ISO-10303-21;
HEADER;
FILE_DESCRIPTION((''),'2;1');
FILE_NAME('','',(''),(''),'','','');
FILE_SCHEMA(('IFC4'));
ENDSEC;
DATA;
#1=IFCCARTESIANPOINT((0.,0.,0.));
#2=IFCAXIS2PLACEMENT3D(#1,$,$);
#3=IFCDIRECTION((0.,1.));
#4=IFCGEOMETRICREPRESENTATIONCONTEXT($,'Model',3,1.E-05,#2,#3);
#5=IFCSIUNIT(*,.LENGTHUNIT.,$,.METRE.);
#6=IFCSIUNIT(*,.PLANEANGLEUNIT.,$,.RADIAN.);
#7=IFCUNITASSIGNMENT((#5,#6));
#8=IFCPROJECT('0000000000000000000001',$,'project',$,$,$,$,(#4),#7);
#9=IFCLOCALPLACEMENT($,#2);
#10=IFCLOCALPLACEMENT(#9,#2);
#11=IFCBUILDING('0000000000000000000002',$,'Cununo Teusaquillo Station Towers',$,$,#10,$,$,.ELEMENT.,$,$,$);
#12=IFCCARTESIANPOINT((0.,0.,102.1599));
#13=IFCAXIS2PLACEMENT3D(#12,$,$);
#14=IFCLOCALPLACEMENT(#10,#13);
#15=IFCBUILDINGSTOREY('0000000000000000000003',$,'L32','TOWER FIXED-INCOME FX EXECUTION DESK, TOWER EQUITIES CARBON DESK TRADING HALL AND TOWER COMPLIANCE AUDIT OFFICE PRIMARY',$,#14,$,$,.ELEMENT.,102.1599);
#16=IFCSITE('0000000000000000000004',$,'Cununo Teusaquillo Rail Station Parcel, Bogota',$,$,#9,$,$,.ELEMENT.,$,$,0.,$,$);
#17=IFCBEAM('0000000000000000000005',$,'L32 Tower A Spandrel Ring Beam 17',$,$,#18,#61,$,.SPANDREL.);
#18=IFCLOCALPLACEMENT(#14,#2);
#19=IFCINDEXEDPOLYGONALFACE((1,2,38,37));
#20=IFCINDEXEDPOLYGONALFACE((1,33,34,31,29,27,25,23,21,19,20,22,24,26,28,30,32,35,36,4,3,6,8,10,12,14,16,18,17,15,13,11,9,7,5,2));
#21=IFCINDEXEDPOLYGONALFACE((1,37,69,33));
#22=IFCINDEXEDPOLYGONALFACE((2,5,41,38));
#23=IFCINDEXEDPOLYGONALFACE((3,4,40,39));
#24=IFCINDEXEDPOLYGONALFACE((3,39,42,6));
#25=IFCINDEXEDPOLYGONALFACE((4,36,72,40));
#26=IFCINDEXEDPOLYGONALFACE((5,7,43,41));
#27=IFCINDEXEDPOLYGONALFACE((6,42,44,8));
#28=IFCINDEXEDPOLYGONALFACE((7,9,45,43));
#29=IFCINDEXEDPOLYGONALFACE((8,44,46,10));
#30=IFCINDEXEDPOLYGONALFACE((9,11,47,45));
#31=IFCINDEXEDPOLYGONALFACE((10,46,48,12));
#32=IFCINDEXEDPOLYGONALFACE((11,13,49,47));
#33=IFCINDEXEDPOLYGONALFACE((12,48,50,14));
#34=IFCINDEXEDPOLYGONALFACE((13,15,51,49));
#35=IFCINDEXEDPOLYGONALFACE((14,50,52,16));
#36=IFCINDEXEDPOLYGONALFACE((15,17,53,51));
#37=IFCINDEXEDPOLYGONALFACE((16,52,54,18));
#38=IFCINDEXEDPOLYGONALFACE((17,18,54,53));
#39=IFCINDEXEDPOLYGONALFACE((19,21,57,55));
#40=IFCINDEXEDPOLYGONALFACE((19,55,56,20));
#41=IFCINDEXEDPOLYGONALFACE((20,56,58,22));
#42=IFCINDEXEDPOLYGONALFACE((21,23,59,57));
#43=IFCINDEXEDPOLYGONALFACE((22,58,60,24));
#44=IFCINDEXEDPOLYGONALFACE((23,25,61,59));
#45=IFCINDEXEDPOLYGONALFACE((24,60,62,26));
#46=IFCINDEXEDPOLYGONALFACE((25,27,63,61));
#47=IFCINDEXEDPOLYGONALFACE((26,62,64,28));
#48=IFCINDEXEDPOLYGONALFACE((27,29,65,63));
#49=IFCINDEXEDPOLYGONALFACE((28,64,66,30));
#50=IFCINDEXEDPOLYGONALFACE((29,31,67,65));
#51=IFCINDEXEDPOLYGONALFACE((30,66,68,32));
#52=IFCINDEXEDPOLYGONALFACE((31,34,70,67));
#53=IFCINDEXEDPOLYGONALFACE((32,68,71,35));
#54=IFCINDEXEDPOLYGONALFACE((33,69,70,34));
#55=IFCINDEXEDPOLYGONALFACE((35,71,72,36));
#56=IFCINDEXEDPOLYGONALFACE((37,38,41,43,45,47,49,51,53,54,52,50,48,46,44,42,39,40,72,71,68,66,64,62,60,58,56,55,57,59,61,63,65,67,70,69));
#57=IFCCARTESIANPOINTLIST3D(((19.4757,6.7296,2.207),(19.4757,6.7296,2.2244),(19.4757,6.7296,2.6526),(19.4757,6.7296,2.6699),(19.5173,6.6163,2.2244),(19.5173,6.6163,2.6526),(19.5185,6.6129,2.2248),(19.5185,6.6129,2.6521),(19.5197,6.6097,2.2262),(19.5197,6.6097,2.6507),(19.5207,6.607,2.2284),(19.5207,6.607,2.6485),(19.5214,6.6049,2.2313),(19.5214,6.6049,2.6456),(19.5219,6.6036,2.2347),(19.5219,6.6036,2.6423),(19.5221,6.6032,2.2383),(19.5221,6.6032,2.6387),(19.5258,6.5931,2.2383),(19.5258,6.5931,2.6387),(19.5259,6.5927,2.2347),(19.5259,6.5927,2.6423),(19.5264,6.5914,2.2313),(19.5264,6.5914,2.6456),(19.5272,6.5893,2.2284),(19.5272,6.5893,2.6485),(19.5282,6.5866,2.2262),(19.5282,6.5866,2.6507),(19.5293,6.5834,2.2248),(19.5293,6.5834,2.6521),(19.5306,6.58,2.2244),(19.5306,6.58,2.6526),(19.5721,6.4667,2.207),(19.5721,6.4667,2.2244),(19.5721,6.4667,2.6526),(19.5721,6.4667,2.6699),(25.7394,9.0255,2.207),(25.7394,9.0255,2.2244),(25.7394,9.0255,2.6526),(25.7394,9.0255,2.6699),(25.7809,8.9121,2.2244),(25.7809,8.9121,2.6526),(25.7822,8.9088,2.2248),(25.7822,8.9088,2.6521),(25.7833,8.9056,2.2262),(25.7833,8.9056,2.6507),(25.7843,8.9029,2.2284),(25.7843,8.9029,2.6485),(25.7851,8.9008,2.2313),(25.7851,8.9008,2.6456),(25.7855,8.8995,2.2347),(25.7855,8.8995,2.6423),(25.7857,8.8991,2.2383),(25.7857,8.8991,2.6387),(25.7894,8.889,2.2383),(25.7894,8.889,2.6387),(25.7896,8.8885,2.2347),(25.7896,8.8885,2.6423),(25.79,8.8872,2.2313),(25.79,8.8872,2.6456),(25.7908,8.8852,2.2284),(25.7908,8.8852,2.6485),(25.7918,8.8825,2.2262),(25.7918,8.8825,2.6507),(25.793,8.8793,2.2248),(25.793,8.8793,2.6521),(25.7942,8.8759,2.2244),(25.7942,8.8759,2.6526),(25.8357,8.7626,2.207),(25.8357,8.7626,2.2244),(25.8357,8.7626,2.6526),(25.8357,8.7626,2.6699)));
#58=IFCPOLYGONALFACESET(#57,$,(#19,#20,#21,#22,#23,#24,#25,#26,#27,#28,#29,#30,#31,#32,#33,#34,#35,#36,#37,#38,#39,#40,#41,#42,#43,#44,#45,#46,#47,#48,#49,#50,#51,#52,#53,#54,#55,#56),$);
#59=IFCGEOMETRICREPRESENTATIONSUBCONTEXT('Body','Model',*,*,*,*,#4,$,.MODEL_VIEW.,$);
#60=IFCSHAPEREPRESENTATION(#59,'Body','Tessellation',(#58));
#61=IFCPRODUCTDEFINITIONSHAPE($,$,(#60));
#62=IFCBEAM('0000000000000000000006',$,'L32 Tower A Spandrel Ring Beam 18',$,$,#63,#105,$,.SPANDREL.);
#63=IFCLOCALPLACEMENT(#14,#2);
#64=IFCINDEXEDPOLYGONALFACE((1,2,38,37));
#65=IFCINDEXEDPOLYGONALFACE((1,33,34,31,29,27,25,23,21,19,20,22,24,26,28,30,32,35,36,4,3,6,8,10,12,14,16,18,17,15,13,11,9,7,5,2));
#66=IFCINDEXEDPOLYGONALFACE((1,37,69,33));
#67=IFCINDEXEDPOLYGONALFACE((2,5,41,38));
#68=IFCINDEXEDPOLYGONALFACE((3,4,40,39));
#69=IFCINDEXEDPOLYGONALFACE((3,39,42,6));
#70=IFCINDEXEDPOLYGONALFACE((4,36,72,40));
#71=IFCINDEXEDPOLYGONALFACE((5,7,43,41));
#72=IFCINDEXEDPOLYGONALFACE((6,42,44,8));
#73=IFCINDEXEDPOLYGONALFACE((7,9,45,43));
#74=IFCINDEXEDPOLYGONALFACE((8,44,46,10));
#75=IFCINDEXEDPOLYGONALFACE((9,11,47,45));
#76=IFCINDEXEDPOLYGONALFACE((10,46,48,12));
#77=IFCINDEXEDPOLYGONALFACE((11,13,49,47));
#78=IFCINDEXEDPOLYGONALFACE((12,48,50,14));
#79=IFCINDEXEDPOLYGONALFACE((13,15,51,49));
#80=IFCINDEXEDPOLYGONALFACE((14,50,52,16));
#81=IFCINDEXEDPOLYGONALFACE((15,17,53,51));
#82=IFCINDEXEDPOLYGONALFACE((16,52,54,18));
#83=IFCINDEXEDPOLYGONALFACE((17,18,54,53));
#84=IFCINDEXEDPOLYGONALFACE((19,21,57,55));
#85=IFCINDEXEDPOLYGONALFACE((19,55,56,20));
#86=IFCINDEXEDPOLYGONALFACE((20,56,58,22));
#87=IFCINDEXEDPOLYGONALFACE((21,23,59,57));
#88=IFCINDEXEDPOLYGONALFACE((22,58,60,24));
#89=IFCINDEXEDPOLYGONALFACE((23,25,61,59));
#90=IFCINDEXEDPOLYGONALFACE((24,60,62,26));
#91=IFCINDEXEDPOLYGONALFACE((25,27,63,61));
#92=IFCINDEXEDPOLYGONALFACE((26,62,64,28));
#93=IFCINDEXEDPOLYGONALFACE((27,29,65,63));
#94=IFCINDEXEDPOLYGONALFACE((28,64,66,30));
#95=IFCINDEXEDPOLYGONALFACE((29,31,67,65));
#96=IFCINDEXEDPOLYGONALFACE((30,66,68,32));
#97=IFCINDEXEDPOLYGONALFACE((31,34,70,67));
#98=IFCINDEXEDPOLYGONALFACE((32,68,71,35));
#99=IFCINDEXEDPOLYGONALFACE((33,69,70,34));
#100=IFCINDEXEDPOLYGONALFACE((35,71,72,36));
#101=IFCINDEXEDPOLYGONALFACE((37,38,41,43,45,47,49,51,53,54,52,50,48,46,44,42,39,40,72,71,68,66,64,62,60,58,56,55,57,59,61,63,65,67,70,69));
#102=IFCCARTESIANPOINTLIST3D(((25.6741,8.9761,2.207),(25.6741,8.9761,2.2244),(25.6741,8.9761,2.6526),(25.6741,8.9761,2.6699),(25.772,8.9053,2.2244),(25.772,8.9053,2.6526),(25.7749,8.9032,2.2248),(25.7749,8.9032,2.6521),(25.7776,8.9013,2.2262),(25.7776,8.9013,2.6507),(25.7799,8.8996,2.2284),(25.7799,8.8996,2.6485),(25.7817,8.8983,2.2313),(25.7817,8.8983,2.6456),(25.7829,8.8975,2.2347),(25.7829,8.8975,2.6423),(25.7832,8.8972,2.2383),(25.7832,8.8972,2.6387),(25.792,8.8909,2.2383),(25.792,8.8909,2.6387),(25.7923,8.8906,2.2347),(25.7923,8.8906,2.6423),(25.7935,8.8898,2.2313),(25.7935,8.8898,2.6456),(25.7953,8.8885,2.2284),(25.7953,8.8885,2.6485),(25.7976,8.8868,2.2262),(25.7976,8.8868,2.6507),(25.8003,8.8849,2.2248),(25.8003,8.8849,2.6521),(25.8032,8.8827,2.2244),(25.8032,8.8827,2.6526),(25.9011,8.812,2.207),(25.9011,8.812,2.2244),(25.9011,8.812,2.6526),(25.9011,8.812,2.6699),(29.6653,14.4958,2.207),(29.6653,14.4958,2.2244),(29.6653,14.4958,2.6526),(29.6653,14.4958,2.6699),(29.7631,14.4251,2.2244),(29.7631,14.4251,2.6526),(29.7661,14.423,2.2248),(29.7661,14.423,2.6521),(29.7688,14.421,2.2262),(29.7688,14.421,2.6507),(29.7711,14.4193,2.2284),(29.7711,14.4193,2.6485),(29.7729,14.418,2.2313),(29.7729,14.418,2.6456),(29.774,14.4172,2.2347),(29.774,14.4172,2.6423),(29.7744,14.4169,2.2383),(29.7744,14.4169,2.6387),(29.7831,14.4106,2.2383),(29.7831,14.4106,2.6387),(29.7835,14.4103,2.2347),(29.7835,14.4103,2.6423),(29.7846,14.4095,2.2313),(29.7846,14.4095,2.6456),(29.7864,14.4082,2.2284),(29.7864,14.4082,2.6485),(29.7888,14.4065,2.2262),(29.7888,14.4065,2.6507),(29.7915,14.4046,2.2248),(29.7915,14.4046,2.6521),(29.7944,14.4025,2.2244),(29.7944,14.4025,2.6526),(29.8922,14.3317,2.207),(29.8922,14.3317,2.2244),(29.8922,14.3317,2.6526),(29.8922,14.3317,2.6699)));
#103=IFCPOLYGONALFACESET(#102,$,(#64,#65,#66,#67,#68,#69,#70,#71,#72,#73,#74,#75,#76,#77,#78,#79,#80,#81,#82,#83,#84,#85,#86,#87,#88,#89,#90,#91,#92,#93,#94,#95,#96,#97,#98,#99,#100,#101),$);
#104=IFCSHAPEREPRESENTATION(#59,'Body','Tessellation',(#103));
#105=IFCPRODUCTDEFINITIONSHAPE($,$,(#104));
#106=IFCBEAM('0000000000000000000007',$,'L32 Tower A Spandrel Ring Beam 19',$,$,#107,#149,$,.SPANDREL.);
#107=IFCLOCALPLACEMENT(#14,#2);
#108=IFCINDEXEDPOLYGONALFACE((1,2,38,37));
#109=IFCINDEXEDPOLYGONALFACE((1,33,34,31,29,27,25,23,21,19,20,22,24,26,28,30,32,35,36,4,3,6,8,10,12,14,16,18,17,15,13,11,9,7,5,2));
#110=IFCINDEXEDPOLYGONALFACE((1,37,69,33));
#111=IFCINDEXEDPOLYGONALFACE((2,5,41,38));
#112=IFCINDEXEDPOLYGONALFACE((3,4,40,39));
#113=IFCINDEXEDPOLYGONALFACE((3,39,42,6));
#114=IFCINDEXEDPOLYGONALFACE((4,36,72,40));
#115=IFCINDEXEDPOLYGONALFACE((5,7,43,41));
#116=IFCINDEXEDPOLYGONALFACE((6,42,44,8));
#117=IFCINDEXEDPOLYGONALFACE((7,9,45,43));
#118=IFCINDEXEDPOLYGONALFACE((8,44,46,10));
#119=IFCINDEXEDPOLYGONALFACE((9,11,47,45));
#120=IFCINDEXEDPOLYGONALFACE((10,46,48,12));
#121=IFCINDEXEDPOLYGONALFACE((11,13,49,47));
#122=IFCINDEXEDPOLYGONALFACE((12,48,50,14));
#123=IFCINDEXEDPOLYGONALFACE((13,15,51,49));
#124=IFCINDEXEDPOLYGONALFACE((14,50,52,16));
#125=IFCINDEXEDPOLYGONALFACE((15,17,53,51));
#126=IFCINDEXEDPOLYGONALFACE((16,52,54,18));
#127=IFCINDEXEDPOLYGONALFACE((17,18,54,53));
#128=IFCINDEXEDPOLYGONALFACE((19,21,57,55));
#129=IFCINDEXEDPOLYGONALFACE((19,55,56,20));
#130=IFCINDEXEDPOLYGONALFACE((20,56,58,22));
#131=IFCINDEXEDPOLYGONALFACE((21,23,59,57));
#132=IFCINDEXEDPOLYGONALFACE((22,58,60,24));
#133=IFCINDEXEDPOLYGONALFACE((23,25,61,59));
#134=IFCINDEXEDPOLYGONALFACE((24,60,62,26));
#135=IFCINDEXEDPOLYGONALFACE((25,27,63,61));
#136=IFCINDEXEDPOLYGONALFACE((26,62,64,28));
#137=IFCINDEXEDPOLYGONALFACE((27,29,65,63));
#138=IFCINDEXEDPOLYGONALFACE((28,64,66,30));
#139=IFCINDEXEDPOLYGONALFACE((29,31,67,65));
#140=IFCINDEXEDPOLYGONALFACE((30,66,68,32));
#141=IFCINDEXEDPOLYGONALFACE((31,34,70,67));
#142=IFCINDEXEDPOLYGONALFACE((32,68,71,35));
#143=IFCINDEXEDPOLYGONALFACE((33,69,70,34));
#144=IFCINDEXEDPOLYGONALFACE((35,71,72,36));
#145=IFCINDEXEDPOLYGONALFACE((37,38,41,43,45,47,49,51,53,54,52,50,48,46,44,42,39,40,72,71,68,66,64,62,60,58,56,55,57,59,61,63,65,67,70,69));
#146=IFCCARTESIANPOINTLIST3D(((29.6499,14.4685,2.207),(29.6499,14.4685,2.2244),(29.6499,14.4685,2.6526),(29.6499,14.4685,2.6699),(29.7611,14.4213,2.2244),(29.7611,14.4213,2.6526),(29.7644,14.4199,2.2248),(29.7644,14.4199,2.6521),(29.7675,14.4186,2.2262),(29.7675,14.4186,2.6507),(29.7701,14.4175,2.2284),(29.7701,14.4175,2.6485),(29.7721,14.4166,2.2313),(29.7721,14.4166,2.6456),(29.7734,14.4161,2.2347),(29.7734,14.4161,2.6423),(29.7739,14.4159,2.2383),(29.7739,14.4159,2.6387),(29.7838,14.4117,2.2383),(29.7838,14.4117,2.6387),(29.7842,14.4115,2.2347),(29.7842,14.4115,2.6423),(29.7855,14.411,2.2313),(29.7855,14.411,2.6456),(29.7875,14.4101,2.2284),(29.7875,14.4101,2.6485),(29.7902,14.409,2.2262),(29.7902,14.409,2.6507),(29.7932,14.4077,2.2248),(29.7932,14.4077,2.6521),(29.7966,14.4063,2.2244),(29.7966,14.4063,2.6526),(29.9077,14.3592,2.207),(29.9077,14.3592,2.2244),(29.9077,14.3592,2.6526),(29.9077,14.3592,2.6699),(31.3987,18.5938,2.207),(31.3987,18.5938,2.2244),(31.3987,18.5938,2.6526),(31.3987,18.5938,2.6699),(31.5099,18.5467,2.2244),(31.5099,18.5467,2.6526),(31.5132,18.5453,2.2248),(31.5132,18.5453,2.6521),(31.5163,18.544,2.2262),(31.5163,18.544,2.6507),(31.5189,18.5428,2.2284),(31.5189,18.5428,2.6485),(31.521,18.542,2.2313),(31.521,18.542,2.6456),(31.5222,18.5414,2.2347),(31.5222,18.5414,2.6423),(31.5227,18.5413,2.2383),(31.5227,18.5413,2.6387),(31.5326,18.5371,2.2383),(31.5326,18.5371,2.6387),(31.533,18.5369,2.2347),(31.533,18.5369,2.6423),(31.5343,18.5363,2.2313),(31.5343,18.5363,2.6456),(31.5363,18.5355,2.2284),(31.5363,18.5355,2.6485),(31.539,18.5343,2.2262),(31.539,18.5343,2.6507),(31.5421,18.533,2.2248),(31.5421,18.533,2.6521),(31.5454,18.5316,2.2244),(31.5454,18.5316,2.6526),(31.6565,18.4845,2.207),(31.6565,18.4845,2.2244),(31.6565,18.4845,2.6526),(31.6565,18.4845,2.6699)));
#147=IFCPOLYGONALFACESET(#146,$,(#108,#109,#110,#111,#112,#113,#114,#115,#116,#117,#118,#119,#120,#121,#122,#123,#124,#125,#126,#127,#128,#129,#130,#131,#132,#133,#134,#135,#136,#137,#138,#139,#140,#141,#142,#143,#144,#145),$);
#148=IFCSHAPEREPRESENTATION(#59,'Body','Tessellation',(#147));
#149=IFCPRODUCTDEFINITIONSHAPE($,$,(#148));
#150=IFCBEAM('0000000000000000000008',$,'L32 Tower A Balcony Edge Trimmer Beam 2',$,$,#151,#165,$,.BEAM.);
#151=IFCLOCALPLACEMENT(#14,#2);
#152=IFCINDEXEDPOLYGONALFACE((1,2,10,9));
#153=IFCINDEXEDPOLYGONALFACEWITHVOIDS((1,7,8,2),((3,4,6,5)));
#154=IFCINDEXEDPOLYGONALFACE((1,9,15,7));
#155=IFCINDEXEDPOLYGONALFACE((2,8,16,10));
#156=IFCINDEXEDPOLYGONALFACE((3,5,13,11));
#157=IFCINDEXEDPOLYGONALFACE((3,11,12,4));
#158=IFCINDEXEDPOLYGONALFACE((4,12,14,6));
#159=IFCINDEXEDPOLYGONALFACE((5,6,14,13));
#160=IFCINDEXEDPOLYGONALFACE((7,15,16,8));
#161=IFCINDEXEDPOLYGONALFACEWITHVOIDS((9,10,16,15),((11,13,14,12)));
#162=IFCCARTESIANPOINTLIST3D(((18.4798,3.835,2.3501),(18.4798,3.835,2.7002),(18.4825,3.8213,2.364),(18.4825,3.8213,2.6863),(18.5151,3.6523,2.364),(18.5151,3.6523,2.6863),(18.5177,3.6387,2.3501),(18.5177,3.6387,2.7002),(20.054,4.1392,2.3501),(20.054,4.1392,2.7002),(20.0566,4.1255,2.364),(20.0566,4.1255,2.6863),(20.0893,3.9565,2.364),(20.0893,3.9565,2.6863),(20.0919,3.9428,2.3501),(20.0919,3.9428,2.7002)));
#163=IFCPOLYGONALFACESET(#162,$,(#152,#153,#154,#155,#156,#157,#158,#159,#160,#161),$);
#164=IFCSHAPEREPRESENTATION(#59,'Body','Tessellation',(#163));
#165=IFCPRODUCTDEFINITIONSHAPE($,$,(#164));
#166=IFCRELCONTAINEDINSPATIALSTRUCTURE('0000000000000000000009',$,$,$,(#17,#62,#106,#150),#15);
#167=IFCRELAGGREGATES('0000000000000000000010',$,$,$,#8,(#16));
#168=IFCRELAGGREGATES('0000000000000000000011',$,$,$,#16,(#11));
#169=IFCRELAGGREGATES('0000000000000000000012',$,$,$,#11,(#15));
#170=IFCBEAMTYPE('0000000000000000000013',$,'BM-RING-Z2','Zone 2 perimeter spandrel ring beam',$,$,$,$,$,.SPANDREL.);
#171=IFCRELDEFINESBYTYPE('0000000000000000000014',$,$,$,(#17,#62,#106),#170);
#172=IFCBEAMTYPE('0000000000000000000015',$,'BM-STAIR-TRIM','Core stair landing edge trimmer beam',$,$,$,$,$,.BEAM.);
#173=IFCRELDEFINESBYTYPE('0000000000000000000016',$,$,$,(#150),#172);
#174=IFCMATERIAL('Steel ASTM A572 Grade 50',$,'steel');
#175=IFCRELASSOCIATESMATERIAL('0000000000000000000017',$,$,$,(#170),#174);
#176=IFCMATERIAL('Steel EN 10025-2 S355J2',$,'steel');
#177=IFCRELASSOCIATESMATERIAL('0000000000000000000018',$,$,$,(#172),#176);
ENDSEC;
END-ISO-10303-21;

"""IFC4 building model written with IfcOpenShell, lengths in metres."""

from ifc_helpers import new_model, si_unit, direction, frame, origin, origin_2d, place, context, subcontext, project, spatial, hollow_rectangle, i_section, extrude, material, material_profile, profile_set, type_object, element, save


model = new_model("IFC4")

# Units and contexts
model_context = context("Model", 3, precision=1e-05, world=origin(), true_north=direction((0.0, 1.0)))
body_context = subcontext(model_context, "Body", "Model", "MODEL_VIEW")
ifc_project = project(units=[si_unit("LENGTHUNIT", "METRE"), si_unit("PLANEANGLEUNIT", "RADIAN")], contexts=[model_context])

# Site, building, storey
site_placement = place(None, origin())
site = spatial("IfcSite", under=ifc_project, at=site_placement, Name="Cununo Teusaquillo Rail Station Parcel, Bogota", CompositionType="ELEMENT", RefElevation=0.0)
building_placement = place(site_placement, origin())
building = spatial("IfcBuilding", under=site, at=building_placement, Name="Cununo Teusaquillo Station Towers", CompositionType="ELEMENT")
storey_placement = place(building_placement, frame((0.0, 0.0, 102.1599)))
storey = spatial("IfcBuildingStorey", under=building, at=storey_placement, Name="L32", Description="TOWER FIXED-INCOME FX EXECUTION DESK, TOWER EQUITIES CARBON DESK TRADING HALL AND TOWER COMPLIANCE AUDIT OFFICE PRIMARY", CompositionType="ELEMENT", Elevation=102.1599)

# Beams
ifc_material_1 = material(Name="Steel ASTM A572 Grade 50", Category="steel")
ifc_material_profile_1 = material_profile(ifc_material_1, i_section(OverallWidth=0.28, OverallDepth=0.4629, WebThickness=0.0107, FlangeThickness=0.0173, FilletRadius=0.0139, at=origin_2d()), Name="W18X76")
ifc_profile_set_1 = profile_set([ifc_material_profile_1], Name="Steel ASTM A572 Grade 50")
beam_type_1 = type_object("IfcBeamType", Name="BM-RING-Z2", Description="Zone 2 perimeter spandrel ring beam", PredefinedType="SPANDREL", material=ifc_profile_set_1)
beam_1_placement = place(storey_placement, frame((19.5239, 6.5981, 2.4385), z_axis=(0.938914, 0.344151, 0.0), x_axis=(-0.344151, 0.938914, 0.0)))
element("IfcBeam", 1, at=beam_1_placement, inside=storey, type_object=beam_type_1, Name="L32 Tower A Spandrel Ring Beam 17", PredefinedType="SPANDREL", context=body_context, shape_type="SweptSolid", body=[
    extrude(i_section(OverallWidth=0.28, OverallDepth=0.4629, WebThickness=0.0107, FlangeThickness=0.0173, FilletRadius=0.0139, at=origin_2d()), origin(), (0.0, 0.0, 1.0), 6.6711),
])
beam_2_placement = place(storey_placement, frame((25.7876, 8.894, 2.4385), z_axis=(0.585945, 0.810351, 0.0), x_axis=(-0.810351, 0.585945, 0.0)))
element("IfcBeam", 2, at=beam_2_placement, inside=storey, type_object=beam_type_1, Name="L32 Tower A Spandrel Ring Beam 18", PredefinedType="SPANDREL", context=body_context, shape_type="SweptSolid", body=[
    extrude(i_section(OverallWidth=0.28, OverallDepth=0.4629, WebThickness=0.0107, FlangeThickness=0.0173, FilletRadius=0.0139, at=origin_2d()), origin(), (0.0, 0.0, 1.0), 6.8115),
])
beam_3_placement = place(storey_placement, frame((29.7788, 14.4138, 2.4385), z_axis=(0.390299, 0.920688, 0.0), x_axis=(-0.920688, 0.390299, 0.0)))
element("IfcBeam", 3, at=beam_3_placement, inside=storey, type_object=beam_type_1, Name="L32 Tower A Spandrel Ring Beam 19", PredefinedType="SPANDREL", context=body_context, shape_type="SweptSolid", body=[
    extrude(i_section(OverallWidth=0.28, OverallDepth=0.4629, WebThickness=0.0107, FlangeThickness=0.0173, FilletRadius=0.0139, at=origin_2d()), origin(), (0.0, 0.0, 1.0), 4.4807),
])
ifc_material_2 = material(Name="Steel EN 10025-2 S355J2", Category="steel")
ifc_material_profile_2 = material_profile(ifc_material_2, hollow_rectangle(XDim=0.2, YDim=0.3501, WallThickness=0.0139, at=origin_2d()), Name="RHS 350x200x14")
ifc_profile_set_2 = profile_set([ifc_material_profile_2], Name="Steel EN 10025-2 S355J2")
beam_type_2 = type_object("IfcBeamType", Name="BM-STAIR-TRIM", Description="Core stair landing edge trimmer beam", PredefinedType="BEAM", material=ifc_profile_set_2)
beam_4_placement = place(storey_placement, frame((18.4988, 3.7368, 2.5251), z_axis=(0.981837, 0.189728, 0.0), x_axis=(-0.189728, 0.981837, 0.0)))
element("IfcBeam", 4, at=beam_4_placement, inside=storey, type_object=beam_type_2, Name="L32 Tower A Balcony Edge Trimmer Beam 2", PredefinedType="BEAM", context=body_context, shape_type="SweptSolid", body=[
    extrude(hollow_rectangle(XDim=0.2, YDim=0.3501, WallThickness=0.0139, at=origin_2d()), origin(), (0.0, 0.0, 1.0), 1.6033),
])

save(model, "model.ifc")
